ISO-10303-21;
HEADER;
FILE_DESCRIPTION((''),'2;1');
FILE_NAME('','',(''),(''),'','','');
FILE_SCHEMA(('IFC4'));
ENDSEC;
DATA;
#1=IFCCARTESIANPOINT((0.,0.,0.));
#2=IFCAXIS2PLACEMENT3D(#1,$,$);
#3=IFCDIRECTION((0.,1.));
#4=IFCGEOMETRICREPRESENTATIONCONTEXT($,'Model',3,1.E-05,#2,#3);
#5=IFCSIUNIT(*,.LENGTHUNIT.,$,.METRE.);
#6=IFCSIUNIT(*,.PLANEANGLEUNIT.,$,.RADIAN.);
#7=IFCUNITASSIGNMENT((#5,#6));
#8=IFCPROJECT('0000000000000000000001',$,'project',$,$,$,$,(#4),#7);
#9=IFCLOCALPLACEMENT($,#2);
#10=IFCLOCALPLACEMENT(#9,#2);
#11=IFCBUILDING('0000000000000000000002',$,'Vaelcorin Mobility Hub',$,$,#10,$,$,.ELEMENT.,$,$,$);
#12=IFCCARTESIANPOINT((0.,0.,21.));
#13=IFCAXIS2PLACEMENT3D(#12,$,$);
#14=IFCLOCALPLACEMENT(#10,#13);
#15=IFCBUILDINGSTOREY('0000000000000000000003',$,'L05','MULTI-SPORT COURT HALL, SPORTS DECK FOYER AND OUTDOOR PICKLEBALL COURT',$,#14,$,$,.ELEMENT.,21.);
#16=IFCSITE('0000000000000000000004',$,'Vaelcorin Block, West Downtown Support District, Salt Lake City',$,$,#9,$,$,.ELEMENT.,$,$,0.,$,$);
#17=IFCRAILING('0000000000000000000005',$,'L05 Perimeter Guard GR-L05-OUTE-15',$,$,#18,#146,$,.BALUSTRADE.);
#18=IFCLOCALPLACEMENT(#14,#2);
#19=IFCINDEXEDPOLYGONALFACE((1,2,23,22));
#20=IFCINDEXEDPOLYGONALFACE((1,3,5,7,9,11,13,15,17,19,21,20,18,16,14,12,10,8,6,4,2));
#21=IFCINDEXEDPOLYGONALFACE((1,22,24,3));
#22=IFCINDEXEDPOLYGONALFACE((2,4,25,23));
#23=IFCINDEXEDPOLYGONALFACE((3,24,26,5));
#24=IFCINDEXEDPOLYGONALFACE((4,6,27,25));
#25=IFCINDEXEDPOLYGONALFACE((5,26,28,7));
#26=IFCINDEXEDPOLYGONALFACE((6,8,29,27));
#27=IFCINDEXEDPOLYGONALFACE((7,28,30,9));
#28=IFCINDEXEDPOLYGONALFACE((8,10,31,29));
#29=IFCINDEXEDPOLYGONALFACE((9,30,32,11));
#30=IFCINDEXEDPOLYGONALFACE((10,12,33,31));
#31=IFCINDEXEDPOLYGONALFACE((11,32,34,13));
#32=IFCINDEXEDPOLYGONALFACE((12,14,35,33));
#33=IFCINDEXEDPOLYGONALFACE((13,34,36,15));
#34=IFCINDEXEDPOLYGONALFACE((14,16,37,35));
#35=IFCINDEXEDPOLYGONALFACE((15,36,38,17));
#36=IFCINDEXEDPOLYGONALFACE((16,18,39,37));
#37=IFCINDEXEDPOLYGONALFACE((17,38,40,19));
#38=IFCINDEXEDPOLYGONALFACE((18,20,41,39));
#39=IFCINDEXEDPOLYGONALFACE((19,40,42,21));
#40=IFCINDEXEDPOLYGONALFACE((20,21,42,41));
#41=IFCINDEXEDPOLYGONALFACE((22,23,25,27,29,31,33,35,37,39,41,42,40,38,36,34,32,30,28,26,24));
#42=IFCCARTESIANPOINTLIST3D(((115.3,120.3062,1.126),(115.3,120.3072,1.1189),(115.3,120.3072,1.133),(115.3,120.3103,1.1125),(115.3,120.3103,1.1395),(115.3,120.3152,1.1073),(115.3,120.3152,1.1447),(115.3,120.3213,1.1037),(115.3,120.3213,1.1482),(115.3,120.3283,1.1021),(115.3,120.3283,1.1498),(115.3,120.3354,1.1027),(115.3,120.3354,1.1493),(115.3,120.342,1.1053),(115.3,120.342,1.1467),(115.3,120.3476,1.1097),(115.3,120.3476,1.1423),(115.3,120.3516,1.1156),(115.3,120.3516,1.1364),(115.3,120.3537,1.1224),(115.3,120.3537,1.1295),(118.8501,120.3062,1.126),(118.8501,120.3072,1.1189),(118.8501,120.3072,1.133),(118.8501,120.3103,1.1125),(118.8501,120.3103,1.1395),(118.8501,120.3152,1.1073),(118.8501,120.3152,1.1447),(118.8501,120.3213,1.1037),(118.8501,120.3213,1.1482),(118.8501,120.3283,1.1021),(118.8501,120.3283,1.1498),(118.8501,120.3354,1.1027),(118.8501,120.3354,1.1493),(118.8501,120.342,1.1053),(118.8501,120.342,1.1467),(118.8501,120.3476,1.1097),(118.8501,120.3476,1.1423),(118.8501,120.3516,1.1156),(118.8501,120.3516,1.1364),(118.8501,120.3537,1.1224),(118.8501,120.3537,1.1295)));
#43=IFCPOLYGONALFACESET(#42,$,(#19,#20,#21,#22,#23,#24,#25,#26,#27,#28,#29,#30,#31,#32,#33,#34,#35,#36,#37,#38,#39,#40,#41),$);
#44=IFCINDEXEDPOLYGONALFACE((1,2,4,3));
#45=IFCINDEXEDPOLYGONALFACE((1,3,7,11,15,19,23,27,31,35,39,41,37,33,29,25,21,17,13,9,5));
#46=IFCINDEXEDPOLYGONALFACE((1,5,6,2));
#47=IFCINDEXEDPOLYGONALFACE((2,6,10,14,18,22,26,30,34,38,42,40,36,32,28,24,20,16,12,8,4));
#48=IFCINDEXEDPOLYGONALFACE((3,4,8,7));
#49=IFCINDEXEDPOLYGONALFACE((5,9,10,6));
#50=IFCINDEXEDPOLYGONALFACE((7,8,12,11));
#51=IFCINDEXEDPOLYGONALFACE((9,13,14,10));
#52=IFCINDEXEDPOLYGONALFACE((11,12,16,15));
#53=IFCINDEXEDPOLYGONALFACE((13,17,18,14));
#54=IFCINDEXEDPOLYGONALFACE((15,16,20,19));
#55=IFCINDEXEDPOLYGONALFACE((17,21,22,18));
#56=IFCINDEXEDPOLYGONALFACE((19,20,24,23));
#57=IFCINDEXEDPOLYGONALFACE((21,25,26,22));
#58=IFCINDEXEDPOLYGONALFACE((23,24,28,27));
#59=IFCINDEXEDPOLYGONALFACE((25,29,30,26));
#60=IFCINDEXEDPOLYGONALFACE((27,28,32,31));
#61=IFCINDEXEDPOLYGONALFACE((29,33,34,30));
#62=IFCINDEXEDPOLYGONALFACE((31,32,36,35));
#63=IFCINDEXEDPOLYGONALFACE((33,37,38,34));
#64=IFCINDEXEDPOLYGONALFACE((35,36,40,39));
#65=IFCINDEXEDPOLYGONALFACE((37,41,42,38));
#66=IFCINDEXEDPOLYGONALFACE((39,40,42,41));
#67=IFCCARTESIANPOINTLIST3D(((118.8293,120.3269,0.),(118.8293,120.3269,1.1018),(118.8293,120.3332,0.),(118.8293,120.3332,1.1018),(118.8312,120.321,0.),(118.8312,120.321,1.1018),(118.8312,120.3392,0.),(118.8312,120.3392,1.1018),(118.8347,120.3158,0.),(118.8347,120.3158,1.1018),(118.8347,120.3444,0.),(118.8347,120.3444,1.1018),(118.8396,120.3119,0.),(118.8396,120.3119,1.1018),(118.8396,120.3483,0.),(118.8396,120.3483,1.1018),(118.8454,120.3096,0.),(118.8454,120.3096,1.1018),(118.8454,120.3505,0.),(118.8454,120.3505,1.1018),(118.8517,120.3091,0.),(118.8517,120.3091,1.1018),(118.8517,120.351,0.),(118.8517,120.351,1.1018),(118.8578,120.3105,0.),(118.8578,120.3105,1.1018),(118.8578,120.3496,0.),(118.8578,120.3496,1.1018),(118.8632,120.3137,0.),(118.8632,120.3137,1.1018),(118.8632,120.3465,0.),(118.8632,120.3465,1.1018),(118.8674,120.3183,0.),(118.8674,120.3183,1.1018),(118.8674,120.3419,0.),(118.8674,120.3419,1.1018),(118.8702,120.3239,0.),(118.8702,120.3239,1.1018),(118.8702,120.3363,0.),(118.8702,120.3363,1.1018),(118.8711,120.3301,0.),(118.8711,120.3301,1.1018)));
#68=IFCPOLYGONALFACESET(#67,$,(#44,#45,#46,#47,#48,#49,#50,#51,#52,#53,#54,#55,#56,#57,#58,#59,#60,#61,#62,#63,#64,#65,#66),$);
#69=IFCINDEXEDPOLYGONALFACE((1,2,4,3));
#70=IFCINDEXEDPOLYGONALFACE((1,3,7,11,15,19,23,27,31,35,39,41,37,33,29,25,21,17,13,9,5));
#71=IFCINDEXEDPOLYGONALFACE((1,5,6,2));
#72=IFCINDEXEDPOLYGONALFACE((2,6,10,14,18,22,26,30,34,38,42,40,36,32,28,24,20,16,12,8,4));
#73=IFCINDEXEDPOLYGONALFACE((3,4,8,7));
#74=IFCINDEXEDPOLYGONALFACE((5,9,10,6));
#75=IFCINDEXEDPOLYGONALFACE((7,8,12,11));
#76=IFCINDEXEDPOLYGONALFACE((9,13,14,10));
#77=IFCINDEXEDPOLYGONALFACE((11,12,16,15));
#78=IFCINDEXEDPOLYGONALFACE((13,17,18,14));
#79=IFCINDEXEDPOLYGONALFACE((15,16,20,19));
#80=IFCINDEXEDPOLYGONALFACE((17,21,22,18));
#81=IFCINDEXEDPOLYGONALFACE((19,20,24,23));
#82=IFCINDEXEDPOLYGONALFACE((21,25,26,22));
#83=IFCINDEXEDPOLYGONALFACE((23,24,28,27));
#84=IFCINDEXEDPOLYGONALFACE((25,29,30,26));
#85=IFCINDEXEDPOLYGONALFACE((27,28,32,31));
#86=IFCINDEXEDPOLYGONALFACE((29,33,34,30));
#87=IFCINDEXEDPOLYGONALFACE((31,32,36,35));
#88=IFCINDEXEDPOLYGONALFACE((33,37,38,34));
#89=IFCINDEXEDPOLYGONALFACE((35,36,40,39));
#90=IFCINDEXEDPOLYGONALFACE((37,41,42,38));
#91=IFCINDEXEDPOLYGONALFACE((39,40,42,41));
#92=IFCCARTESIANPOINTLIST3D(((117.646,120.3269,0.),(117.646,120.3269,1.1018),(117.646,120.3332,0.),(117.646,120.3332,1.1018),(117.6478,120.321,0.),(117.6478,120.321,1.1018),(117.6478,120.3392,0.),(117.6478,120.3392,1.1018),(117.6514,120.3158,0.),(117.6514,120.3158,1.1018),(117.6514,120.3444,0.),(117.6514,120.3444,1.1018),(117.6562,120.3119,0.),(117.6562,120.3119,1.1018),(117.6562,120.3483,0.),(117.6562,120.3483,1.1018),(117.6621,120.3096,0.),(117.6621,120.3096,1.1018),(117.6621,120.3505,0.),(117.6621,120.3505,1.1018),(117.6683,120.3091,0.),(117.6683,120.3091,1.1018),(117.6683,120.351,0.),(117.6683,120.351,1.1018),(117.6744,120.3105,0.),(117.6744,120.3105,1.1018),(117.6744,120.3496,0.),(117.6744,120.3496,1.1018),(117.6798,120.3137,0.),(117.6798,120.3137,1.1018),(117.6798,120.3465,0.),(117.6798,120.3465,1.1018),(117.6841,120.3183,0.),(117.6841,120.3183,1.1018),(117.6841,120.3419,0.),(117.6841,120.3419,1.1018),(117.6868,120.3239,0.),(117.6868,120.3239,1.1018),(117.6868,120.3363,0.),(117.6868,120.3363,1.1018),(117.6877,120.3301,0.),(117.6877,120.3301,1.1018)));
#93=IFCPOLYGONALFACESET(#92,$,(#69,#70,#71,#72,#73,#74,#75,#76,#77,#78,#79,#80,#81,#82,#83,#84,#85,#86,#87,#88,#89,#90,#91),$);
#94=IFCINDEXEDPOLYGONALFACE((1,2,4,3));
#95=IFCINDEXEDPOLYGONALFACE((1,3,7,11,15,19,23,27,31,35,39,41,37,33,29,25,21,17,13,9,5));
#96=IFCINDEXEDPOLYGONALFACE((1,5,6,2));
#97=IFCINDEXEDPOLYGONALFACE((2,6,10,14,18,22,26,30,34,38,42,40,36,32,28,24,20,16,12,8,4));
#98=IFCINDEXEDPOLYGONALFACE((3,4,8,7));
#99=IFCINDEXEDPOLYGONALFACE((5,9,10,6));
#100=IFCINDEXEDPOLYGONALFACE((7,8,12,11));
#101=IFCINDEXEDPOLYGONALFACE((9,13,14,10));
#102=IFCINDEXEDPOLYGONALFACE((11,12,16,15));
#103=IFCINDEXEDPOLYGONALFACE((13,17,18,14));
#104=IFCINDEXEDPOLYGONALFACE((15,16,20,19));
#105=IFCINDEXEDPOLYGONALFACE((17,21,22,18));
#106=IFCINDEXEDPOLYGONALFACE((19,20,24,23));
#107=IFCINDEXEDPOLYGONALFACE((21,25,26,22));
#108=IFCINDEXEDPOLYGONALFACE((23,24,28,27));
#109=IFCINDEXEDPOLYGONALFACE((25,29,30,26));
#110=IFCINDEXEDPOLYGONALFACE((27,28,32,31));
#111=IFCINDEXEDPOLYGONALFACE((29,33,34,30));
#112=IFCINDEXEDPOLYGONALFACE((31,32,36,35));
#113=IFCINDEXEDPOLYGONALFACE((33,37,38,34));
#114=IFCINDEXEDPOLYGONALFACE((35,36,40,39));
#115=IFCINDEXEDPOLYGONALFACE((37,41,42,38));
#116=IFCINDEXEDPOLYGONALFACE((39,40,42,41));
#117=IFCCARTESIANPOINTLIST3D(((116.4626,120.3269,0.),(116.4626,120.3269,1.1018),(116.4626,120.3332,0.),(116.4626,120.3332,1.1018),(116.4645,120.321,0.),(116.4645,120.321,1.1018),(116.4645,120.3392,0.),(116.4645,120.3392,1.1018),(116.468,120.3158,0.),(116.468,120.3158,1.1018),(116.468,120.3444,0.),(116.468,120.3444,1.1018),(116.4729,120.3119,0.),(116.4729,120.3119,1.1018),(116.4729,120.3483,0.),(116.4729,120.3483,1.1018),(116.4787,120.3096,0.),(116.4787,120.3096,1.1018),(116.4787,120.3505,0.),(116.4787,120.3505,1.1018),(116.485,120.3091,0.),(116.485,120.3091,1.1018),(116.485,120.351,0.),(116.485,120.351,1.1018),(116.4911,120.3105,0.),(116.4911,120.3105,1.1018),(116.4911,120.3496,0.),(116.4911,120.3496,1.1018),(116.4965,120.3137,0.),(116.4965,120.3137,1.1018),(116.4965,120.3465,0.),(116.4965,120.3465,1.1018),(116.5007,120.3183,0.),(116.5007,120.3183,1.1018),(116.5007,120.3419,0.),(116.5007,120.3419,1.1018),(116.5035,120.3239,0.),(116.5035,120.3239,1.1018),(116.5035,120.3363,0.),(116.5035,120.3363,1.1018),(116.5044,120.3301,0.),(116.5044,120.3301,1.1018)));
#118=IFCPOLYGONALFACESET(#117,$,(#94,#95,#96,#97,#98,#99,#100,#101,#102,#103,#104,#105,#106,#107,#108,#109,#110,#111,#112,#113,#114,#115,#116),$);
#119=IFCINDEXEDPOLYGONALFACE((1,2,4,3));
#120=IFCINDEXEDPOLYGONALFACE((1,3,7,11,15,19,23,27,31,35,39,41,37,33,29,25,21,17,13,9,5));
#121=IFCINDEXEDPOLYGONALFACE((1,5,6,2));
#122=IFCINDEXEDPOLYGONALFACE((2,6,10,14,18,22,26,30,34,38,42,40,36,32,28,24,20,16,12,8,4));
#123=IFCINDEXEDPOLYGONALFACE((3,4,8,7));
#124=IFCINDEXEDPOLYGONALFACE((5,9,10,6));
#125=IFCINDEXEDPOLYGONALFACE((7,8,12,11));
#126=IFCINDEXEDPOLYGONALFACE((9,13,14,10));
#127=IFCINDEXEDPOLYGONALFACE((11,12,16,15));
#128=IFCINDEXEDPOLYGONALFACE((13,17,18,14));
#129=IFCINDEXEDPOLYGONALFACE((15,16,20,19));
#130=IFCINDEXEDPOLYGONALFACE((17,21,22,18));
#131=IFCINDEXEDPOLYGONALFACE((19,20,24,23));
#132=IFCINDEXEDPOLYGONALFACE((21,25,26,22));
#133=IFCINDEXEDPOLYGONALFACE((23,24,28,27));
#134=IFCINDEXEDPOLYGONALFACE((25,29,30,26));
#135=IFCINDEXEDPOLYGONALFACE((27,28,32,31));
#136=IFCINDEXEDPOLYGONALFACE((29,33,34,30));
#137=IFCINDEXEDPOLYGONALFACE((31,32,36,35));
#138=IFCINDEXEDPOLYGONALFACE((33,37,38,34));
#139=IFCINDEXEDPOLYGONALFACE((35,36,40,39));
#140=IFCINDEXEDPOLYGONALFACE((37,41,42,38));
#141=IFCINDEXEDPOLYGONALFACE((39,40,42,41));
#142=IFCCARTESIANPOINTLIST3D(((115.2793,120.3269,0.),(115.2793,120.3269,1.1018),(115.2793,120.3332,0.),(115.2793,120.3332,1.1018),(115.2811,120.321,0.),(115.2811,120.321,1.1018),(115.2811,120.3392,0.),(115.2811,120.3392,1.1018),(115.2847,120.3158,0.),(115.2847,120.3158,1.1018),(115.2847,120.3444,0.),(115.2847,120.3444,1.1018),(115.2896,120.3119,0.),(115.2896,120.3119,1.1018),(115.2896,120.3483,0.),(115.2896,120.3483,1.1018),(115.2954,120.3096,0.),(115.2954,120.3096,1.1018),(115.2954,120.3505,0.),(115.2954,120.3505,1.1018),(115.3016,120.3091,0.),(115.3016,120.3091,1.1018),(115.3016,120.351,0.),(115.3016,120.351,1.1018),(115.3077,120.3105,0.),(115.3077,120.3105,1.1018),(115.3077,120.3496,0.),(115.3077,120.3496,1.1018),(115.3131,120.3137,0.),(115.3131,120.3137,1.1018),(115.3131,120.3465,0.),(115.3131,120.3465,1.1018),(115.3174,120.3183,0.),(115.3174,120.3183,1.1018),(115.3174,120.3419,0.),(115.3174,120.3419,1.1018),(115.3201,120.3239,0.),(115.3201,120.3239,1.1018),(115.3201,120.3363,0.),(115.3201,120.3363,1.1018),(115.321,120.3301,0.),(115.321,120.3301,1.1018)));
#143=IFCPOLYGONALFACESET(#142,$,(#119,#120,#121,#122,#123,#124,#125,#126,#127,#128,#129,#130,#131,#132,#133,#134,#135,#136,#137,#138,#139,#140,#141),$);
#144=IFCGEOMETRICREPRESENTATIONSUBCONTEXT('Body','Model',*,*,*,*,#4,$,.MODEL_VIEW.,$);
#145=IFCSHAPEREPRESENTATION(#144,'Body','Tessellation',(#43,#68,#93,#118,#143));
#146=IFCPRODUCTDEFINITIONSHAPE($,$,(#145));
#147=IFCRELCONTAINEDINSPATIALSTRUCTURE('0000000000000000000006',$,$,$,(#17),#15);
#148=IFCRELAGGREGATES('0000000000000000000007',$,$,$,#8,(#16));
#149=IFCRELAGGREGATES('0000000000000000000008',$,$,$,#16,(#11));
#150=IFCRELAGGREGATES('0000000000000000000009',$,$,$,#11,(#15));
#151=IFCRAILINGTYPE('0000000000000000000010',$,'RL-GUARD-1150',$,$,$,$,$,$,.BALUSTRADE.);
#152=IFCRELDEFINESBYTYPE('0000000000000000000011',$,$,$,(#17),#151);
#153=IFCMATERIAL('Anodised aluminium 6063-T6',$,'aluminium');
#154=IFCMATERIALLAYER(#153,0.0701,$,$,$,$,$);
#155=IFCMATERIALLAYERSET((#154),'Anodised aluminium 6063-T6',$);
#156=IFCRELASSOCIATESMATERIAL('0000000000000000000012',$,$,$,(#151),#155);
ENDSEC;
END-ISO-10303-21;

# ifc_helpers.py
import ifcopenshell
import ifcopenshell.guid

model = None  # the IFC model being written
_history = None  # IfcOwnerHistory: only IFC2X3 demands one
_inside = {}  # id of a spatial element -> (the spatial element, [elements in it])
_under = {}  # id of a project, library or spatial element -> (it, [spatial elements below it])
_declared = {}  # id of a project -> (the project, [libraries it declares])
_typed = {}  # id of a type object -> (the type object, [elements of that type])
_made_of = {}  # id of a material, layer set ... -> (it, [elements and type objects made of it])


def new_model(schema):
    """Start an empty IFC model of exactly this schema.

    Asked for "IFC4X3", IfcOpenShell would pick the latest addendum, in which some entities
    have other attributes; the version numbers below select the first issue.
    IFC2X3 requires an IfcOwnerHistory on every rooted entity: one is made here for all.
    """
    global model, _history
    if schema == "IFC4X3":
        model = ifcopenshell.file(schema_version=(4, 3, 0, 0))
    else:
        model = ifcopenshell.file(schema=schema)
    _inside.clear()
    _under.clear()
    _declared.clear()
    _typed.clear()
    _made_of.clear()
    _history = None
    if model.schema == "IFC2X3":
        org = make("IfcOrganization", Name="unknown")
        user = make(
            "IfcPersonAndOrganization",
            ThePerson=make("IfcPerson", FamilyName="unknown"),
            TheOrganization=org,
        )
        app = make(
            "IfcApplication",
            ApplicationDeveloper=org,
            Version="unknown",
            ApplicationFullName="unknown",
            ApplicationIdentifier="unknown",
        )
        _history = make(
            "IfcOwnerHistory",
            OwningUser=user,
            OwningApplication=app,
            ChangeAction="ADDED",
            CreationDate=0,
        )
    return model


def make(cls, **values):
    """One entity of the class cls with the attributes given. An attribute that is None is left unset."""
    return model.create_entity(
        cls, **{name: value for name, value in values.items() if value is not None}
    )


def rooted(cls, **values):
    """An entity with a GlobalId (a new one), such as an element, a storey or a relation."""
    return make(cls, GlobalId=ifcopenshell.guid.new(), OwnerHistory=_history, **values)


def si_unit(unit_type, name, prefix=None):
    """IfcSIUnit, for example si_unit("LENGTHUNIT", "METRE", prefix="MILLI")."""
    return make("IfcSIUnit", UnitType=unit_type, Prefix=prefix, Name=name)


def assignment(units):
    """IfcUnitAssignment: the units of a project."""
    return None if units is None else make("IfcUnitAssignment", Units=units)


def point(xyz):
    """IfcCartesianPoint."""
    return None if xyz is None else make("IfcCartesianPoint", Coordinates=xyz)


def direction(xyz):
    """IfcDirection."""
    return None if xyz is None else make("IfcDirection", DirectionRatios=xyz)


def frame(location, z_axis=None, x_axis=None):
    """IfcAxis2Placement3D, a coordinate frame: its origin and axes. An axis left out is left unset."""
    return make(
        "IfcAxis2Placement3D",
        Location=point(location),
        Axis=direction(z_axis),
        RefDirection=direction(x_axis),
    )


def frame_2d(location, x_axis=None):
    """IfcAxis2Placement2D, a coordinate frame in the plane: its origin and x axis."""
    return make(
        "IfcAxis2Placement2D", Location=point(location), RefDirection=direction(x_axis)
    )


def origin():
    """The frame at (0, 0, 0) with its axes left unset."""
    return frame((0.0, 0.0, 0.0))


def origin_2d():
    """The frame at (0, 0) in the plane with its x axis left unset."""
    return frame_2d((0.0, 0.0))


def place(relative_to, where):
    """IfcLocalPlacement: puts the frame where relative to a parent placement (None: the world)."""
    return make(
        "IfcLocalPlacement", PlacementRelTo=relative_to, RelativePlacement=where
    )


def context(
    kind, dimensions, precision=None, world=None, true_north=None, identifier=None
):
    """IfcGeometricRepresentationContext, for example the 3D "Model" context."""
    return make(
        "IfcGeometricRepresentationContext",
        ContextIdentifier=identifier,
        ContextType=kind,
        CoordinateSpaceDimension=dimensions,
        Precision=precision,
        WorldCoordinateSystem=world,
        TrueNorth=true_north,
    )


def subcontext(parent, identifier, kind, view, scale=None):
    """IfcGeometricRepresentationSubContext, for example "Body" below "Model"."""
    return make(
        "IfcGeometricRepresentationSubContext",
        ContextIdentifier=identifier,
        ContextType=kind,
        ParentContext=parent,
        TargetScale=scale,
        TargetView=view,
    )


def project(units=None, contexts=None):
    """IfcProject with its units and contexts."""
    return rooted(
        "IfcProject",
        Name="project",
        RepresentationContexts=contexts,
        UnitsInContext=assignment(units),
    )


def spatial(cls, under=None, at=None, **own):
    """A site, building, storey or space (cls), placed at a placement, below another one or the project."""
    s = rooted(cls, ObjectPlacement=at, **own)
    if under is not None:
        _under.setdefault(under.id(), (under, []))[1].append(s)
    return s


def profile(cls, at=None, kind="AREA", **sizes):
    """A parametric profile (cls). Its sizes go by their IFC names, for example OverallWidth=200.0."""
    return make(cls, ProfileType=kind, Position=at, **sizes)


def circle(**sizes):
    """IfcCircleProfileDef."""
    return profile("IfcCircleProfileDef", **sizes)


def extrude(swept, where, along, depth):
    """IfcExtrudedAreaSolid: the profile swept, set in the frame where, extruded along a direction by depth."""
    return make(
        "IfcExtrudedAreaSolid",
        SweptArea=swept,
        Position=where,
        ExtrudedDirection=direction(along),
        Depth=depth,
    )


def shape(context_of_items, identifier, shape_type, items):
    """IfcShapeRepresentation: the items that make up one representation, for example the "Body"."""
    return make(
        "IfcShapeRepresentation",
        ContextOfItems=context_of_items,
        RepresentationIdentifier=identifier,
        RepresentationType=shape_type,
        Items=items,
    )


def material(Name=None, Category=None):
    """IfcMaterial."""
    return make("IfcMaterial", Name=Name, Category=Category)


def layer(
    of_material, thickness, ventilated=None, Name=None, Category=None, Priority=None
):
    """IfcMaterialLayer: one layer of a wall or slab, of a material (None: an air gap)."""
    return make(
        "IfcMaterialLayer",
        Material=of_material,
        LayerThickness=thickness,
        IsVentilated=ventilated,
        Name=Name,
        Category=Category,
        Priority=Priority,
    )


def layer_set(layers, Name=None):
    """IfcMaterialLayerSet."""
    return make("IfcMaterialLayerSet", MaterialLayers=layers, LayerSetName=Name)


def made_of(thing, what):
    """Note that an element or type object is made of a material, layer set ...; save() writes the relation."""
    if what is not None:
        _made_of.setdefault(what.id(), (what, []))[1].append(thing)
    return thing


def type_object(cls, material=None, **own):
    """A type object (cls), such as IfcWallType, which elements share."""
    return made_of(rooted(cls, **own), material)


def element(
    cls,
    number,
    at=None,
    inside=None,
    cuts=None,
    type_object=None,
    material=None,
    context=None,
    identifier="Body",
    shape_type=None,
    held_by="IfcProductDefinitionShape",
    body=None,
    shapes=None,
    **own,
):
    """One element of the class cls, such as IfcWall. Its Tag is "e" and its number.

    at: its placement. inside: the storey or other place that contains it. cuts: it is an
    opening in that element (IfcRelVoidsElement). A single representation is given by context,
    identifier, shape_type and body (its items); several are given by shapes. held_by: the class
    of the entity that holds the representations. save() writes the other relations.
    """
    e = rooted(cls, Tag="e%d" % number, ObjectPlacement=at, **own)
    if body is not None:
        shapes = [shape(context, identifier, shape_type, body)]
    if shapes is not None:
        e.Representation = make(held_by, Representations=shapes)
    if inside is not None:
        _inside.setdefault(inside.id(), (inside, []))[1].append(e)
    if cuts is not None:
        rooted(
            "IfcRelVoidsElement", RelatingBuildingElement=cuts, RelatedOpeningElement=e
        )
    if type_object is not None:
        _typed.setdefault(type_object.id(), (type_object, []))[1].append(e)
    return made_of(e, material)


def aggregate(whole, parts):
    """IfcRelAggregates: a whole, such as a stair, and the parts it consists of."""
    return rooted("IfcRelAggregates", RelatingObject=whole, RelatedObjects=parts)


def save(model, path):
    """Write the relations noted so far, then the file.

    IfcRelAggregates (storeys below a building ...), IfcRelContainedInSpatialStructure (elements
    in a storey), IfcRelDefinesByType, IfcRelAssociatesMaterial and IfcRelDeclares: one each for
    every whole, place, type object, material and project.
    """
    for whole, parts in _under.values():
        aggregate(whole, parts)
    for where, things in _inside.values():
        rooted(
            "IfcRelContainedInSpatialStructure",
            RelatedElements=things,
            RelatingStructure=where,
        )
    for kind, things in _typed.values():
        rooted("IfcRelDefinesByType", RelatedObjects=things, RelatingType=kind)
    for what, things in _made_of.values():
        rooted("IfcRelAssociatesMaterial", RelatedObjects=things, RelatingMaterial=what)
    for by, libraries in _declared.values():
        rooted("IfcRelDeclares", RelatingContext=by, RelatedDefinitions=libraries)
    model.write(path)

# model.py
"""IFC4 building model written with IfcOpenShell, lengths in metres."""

from ifc_helpers import new_model, si_unit, direction, frame, origin, origin_2d, place, context, subcontext, project, spatial, circle, extrude, material, layer, layer_set, type_object, element, save


model = new_model("IFC4")

# Units and contexts
model_context = context("Model", 3, precision=1e-05, world=origin(), true_north=direction((0.0, 1.0)))
body_context = subcontext(model_context, "Body", "Model", "MODEL_VIEW")
ifc_project = project(units=[si_unit("LENGTHUNIT", "METRE"), si_unit("PLANEANGLEUNIT", "RADIAN")], contexts=[model_context])

# Site, building, storey
site_placement = place(None, origin())
site = spatial("IfcSite", under=ifc_project, at=site_placement, Name="Vaelcorin Block, West Downtown Support District, Salt Lake City", CompositionType="ELEMENT", RefElevation=0.0)
building_placement = place(site_placement, origin())
building = spatial("IfcBuilding", under=site, at=building_placement, Name="Vaelcorin Mobility Hub", CompositionType="ELEMENT")
storey_placement = place(building_placement, frame((0.0, 0.0, 21.0)))
storey = spatial("IfcBuildingStorey", under=building, at=storey_placement, Name="L05", Description="MULTI-SPORT COURT HALL, SPORTS DECK FOYER AND OUTDOOR PICKLEBALL COURT", CompositionType="ELEMENT", Elevation=21.0)

# Shared definitions
ifc_material_1 = material(Name="Anodised aluminium 6063-T6", Category="aluminium")

# Railing
ifc_layer_1 = layer(ifc_material_1, 0.0701)
ifc_layer_set_1 = layer_set([ifc_layer_1], Name="Anodised aluminium 6063-T6")
railing_type_1 = type_object("IfcRailingType", Name="RL-GUARD-1150", PredefinedType="BALUSTRADE", material=ifc_layer_set_1)
railing_1_placement = place(storey_placement, frame((118.8501, 120.3301, 0.0)))
element("IfcRailing", 1, at=railing_1_placement, inside=storey, type_object=railing_type_1, Name="L05 Perimeter Guard GR-L05-OUTE-15", PredefinedType="BALUSTRADE", context=body_context, shape_type="SweptSolid", body=[
    extrude(circle(Radius=0.0239, at=origin_2d()), frame((0.0, 0.0, 1.126), z_axis=(-1.0, 0.0, 0.0), x_axis=(0.0, -1.0, 0.0)), (0.0, 0.0, 1.0), 3.55),
    extrude(circle(Radius=0.021, at=origin_2d()), origin(), (0.0, 0.0, 1.0), 1.1018),
    extrude(circle(Radius=0.021, at=origin_2d()), frame((-1.1833, 0.0, 0.0)), (0.0, 0.0, 1.0), 1.1018),
    extrude(circle(Radius=0.021, at=origin_2d()), frame((-2.3667, 0.0, 0.0)), (0.0, 0.0, 1.0), 1.1018),
    extrude(circle(Radius=0.021, at=origin_2d()), frame((-3.55, 0.0, 0.0)), (0.0, 0.0, 1.0), 1.1018),
])

save(model, "model.ifc")
